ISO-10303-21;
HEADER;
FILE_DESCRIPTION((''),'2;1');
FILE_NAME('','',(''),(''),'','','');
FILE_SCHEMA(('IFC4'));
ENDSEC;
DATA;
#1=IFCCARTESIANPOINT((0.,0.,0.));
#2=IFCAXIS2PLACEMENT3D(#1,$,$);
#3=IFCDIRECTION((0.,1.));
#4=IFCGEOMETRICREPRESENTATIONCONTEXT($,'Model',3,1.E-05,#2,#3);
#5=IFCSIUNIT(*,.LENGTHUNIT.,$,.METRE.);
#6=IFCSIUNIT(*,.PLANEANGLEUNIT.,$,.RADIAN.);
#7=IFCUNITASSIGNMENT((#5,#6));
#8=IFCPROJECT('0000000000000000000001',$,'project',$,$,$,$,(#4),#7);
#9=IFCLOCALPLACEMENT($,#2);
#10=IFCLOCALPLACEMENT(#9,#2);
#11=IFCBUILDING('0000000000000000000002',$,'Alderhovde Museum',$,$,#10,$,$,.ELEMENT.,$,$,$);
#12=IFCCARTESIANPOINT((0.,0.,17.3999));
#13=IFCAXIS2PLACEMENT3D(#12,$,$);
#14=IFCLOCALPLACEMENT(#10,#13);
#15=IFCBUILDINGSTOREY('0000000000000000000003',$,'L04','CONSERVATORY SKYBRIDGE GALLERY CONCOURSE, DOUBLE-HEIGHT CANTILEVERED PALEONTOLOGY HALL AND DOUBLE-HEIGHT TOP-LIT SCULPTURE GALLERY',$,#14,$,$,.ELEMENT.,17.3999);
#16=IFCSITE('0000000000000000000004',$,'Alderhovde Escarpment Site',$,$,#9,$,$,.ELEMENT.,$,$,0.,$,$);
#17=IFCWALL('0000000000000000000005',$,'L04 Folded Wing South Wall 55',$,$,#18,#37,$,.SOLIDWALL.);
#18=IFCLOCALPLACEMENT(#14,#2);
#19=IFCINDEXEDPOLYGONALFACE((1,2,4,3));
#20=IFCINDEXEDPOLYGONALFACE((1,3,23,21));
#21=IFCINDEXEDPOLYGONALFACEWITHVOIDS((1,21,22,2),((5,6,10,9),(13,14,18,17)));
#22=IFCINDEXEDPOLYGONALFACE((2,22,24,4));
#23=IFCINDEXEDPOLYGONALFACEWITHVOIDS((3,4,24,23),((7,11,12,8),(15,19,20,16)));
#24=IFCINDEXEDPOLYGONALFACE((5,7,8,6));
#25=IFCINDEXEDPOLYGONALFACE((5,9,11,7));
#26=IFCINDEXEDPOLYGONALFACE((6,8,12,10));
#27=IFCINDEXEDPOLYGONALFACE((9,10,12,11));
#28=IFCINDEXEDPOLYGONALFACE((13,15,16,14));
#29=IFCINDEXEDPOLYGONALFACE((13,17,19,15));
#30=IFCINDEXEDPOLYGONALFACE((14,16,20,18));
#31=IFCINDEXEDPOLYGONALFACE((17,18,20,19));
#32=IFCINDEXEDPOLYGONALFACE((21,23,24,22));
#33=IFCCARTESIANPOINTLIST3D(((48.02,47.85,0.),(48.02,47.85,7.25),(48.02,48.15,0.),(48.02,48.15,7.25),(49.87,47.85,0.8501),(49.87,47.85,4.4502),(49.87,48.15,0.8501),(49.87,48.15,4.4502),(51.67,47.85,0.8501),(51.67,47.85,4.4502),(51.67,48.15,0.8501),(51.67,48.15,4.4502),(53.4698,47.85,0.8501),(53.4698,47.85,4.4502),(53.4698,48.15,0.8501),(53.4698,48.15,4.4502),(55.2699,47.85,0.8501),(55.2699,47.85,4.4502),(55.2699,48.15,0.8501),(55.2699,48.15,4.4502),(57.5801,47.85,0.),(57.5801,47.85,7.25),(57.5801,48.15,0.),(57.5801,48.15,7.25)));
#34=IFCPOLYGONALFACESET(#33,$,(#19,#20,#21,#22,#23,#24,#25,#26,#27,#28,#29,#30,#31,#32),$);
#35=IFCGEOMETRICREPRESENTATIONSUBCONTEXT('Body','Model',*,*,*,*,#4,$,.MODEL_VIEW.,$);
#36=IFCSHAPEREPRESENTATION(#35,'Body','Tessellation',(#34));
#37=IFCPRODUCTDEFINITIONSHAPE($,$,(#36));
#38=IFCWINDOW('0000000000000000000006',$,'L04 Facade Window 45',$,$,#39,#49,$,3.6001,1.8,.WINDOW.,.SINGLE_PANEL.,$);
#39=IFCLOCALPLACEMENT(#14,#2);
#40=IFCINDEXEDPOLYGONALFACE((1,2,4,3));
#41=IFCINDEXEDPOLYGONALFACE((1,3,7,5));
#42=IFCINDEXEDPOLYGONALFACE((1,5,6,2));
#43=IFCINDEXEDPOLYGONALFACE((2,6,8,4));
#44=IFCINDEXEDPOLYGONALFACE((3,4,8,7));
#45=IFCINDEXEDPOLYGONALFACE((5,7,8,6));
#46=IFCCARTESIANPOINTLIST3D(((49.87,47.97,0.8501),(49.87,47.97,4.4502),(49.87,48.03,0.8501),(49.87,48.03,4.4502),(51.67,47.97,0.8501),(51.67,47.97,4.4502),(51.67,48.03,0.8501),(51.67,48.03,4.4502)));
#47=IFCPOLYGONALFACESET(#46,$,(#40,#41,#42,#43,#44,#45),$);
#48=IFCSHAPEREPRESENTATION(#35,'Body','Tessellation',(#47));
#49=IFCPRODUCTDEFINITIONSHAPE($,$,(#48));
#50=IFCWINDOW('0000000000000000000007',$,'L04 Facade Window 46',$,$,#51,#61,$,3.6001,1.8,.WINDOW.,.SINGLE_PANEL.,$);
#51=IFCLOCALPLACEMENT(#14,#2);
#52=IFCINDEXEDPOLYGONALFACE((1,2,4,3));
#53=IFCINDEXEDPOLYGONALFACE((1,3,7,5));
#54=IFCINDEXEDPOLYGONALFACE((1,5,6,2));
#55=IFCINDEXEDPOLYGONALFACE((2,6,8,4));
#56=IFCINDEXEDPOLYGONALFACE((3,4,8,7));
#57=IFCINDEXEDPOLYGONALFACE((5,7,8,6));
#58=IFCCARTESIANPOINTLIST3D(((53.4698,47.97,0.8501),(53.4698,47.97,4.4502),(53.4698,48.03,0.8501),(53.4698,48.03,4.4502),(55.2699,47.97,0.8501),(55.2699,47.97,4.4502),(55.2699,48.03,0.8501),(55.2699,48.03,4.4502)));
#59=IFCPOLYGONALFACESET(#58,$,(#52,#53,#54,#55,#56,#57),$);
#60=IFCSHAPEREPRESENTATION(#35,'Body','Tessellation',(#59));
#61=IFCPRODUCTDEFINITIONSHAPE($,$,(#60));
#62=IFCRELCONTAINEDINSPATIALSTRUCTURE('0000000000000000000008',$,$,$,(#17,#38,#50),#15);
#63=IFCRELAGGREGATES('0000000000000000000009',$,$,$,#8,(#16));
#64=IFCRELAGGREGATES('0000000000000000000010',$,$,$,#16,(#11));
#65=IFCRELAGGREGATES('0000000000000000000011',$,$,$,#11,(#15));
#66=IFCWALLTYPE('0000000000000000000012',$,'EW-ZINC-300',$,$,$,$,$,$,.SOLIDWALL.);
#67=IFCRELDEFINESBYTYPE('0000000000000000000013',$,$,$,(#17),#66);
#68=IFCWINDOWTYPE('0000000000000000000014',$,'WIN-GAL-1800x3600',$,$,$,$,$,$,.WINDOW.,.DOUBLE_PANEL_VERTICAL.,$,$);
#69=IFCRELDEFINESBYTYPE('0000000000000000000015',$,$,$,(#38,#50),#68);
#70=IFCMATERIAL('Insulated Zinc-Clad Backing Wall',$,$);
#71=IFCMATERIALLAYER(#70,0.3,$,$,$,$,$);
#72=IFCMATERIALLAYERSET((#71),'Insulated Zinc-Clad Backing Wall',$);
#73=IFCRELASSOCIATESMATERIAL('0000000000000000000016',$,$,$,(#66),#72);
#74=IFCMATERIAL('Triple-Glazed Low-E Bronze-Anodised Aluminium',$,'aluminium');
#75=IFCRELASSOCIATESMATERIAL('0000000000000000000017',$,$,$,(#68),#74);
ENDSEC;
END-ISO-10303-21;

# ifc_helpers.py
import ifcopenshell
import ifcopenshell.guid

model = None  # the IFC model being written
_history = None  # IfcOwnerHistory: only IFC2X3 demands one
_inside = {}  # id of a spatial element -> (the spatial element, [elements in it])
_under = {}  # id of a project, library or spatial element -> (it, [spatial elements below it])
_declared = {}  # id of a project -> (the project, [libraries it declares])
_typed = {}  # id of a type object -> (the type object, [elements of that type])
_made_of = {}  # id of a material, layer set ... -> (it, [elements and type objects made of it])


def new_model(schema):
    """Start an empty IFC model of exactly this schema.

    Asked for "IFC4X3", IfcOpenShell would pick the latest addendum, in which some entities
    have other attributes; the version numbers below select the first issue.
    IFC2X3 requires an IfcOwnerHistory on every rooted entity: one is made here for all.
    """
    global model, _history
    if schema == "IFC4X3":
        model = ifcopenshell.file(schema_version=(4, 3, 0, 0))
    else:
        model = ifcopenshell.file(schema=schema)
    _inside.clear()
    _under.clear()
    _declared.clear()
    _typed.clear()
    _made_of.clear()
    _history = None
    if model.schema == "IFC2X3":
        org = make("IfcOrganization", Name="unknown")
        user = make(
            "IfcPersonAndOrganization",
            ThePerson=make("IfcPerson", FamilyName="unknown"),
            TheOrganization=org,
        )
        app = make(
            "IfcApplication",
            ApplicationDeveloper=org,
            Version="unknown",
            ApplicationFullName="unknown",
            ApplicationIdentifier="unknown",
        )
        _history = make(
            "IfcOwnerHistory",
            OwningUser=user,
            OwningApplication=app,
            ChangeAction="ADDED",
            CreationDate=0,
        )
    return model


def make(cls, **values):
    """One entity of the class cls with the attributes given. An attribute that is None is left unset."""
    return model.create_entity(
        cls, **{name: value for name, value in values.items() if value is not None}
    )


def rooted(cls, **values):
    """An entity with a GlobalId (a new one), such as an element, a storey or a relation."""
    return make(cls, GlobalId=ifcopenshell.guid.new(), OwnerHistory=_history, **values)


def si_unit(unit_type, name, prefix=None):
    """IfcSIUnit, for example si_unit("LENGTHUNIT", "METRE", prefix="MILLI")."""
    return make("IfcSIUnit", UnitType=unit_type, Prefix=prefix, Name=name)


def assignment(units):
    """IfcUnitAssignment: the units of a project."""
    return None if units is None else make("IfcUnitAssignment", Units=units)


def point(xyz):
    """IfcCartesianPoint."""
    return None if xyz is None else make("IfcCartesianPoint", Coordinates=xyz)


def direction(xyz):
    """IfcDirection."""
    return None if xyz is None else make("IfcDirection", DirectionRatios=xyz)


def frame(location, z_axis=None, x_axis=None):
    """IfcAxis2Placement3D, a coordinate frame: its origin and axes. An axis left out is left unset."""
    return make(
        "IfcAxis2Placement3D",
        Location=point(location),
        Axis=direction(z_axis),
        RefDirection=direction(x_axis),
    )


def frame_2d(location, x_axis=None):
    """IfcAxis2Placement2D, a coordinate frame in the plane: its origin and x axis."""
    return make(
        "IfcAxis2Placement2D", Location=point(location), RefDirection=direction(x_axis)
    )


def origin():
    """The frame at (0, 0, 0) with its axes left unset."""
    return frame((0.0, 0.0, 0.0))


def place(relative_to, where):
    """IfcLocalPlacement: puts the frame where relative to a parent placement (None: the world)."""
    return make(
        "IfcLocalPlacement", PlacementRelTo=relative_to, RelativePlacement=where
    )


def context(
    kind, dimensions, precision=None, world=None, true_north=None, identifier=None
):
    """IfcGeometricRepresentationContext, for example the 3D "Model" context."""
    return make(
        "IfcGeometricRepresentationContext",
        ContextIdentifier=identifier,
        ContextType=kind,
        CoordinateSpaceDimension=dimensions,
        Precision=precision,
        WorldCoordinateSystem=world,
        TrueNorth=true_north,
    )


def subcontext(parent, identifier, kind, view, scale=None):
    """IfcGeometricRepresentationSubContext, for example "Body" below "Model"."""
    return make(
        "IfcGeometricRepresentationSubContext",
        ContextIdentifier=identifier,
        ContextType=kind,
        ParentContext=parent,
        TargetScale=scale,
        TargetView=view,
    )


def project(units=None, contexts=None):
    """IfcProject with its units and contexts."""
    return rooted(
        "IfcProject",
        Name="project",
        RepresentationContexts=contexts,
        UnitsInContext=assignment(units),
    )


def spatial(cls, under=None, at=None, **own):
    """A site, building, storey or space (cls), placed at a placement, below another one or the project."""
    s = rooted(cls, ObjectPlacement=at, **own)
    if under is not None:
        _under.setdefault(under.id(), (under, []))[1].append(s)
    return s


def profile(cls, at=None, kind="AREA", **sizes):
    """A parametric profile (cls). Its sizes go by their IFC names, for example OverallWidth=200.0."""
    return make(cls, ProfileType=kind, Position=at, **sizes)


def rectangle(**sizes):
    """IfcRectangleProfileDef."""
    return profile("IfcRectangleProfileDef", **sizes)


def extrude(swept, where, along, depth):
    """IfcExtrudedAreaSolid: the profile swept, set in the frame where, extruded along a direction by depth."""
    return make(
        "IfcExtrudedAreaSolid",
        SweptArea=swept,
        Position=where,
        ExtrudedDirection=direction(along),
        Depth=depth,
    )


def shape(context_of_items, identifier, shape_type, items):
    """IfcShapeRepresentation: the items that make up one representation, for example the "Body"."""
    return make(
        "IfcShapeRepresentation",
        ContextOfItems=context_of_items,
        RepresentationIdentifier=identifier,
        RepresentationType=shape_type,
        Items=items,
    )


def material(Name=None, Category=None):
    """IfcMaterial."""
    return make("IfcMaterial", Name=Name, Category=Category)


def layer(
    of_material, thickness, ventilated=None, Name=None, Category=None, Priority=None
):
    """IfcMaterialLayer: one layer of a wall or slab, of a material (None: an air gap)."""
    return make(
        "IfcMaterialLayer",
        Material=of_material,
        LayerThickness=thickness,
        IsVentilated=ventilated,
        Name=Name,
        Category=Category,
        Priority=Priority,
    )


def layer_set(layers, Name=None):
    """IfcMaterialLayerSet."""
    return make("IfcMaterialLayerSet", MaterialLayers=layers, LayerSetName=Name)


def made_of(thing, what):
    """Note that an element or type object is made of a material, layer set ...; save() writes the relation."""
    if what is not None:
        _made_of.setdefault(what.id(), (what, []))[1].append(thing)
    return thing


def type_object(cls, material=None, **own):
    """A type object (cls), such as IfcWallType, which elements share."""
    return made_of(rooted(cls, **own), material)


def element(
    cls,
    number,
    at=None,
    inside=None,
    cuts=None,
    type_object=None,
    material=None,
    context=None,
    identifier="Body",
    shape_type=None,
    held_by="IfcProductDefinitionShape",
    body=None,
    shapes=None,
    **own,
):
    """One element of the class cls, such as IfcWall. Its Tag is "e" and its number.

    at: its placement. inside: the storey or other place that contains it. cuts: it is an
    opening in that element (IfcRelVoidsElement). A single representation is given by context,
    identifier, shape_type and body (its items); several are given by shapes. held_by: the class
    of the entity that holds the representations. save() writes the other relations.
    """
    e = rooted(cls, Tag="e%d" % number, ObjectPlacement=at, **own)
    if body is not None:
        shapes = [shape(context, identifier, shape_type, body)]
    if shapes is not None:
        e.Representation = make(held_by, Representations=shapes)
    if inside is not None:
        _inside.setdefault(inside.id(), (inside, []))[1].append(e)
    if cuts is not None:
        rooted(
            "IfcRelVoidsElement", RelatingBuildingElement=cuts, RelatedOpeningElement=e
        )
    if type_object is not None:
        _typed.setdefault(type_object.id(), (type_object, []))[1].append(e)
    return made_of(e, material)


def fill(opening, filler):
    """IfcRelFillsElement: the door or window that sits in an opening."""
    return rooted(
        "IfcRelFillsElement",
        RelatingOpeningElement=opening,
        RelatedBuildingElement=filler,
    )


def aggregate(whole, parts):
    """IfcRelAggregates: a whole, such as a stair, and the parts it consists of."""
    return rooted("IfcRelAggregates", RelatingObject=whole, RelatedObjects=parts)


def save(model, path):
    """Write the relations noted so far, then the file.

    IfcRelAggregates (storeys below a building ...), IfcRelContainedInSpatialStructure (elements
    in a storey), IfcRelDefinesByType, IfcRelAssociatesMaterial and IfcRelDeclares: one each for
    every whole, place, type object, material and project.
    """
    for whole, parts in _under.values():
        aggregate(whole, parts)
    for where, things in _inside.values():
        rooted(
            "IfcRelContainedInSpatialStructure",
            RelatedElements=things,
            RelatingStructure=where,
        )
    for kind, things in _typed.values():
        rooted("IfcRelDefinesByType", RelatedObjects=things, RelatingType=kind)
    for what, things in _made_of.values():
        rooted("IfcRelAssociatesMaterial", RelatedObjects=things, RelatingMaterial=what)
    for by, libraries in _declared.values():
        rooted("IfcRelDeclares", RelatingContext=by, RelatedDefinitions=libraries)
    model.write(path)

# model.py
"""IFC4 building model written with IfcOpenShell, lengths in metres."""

from ifc_helpers import new_model, si_unit, direction, frame, frame_2d, origin, place, context, subcontext, project, spatial, rectangle, extrude, material, layer, layer_set, type_object, element, fill, save


model = new_model("IFC4")

# Units and contexts
model_context = context("Model", 3, precision=1e-05, world=origin(), true_north=direction((0.0, 1.0)))
body_context = subcontext(model_context, "Body", "Model", "MODEL_VIEW")
ifc_project = project(units=[si_unit("LENGTHUNIT", "METRE"), si_unit("PLANEANGLEUNIT", "RADIAN")], contexts=[model_context])

# Site, building, storey
site_placement = place(None, origin())
site = spatial("IfcSite", under=ifc_project, at=site_placement, Name="Alderhovde Escarpment Site", CompositionType="ELEMENT", RefElevation=0.0)
building_placement = place(site_placement, origin())
building = spatial("IfcBuilding", under=site, at=building_placement, Name="Alderhovde Museum", CompositionType="ELEMENT")
storey_placement = place(building_placement, frame((0.0, 0.0, 17.3999)))
storey = spatial("IfcBuildingStorey", under=building, at=storey_placement, Name="L04", Description="CONSERVATORY SKYBRIDGE GALLERY CONCOURSE, DOUBLE-HEIGHT CANTILEVERED PALEONTOLOGY HALL AND DOUBLE-HEIGHT TOP-LIT SCULPTURE GALLERY", CompositionType="ELEMENT", Elevation=17.3999)

# Wall, openings, windows
ifc_material_1 = material(Name="Insulated Zinc-Clad Backing Wall")
ifc_layer = layer(ifc_material_1, 0.3)
ifc_layer_set = layer_set([ifc_layer], Name="Insulated Zinc-Clad Backing Wall")
wall_type = type_object("IfcWallType", Name="EW-ZINC-300", PredefinedType="SOLIDWALL", material=ifc_layer_set)
wall_placement = place(storey_placement, frame((48.02, 48.0, 0.0), z_axis=(0.0, 0.0, 1.0), x_axis=(1.0, 0.0, 0.0)))
wall = element("IfcWall", 1, at=wall_placement, inside=storey, type_object=wall_type, Name="L04 Folded Wing South Wall 55", PredefinedType="SOLIDWALL", context=body_context, shape_type="SweptSolid", body=[
    extrude(rectangle(XDim=9.5601, YDim=0.3, at=frame_2d((4.78, 0.0))), origin(), (0.0, 0.0, 1.0), 7.25),
])
opening_1_placement = place(wall_placement, frame((1.8501, 0.0, 0.8501)))
opening_1 = element("IfcOpeningElement", 2, at=opening_1_placement, cuts=wall, PredefinedType="OPENING", context=body_context, shape_type="SweptSolid", body=[
    extrude(rectangle(XDim=1.8, YDim=3.6001, at=frame_2d((0.8999, 1.8))), frame((0.0, 0.1599, 0.0), z_axis=(0.0, -1.0, 0.0), x_axis=(1.0, 0.0, 0.0)), (0.0, 0.0, 1.0), 0.3201),
])
opening_2_placement = place(wall_placement, frame((5.45, 0.0, 0.8501)))
opening_2 = element("IfcOpeningElement", 3, at=opening_2_placement, cuts=wall, PredefinedType="OPENING", context=body_context, shape_type="SweptSolid", body=[
    extrude(rectangle(XDim=1.8, YDim=3.6001, at=frame_2d((0.8999, 1.8))), frame((0.0, 0.1599, 0.0), z_axis=(0.0, -1.0, 0.0), x_axis=(1.0, 0.0, 0.0)), (0.0, 0.0, 1.0), 0.3201),
])
ifc_material_2 = material(Name="Triple-Glazed Low-E Bronze-Anodised Aluminium", Category="aluminium")
window_type = type_object("IfcWindowType", Name="WIN-GAL-1800x3600", PartitioningType="DOUBLE_PANEL_VERTICAL", PredefinedType="WINDOW", material=ifc_material_2)
window_1_placement = place(opening_1_placement, origin())
window_1 = element("IfcWindow", 4, at=window_1_placement, inside=storey, type_object=window_type, Name="L04 Facade Window 45", OverallHeight=3.6001, OverallWidth=1.8, PartitioningType="SINGLE_PANEL", PredefinedType="WINDOW", context=body_context, shape_type="SweptSolid", body=[
    extrude(rectangle(XDim=1.8, YDim=3.6001, at=frame_2d((0.8999, 1.8))), frame((0.0, 0.03, 0.0), z_axis=(0.0, -1.0, 0.0), x_axis=(1.0, 0.0, 0.0)), (0.0, 0.0, 1.0), 0.0601),
])
fill(opening_1, window_1)
window_2_placement = place(opening_2_placement, origin())
window_2 = element("IfcWindow", 5, at=window_2_placement, inside=storey, type_object=window_type, Name="L04 Facade Window 46", OverallHeight=3.6001, OverallWidth=1.8, PartitioningType="SINGLE_PANEL", PredefinedType="WINDOW", context=body_context, shape_type="SweptSolid", body=[
    extrude(rectangle(XDim=1.8, YDim=3.6001, at=frame_2d((0.8999, 1.8))), frame((0.0, 0.03, 0.0), z_axis=(0.0, -1.0, 0.0), x_axis=(1.0, 0.0, 0.0)), (0.0, 0.0, 1.0), 0.0601),
])
fill(opening_2, window_2)

save(model, "model.ifc")
